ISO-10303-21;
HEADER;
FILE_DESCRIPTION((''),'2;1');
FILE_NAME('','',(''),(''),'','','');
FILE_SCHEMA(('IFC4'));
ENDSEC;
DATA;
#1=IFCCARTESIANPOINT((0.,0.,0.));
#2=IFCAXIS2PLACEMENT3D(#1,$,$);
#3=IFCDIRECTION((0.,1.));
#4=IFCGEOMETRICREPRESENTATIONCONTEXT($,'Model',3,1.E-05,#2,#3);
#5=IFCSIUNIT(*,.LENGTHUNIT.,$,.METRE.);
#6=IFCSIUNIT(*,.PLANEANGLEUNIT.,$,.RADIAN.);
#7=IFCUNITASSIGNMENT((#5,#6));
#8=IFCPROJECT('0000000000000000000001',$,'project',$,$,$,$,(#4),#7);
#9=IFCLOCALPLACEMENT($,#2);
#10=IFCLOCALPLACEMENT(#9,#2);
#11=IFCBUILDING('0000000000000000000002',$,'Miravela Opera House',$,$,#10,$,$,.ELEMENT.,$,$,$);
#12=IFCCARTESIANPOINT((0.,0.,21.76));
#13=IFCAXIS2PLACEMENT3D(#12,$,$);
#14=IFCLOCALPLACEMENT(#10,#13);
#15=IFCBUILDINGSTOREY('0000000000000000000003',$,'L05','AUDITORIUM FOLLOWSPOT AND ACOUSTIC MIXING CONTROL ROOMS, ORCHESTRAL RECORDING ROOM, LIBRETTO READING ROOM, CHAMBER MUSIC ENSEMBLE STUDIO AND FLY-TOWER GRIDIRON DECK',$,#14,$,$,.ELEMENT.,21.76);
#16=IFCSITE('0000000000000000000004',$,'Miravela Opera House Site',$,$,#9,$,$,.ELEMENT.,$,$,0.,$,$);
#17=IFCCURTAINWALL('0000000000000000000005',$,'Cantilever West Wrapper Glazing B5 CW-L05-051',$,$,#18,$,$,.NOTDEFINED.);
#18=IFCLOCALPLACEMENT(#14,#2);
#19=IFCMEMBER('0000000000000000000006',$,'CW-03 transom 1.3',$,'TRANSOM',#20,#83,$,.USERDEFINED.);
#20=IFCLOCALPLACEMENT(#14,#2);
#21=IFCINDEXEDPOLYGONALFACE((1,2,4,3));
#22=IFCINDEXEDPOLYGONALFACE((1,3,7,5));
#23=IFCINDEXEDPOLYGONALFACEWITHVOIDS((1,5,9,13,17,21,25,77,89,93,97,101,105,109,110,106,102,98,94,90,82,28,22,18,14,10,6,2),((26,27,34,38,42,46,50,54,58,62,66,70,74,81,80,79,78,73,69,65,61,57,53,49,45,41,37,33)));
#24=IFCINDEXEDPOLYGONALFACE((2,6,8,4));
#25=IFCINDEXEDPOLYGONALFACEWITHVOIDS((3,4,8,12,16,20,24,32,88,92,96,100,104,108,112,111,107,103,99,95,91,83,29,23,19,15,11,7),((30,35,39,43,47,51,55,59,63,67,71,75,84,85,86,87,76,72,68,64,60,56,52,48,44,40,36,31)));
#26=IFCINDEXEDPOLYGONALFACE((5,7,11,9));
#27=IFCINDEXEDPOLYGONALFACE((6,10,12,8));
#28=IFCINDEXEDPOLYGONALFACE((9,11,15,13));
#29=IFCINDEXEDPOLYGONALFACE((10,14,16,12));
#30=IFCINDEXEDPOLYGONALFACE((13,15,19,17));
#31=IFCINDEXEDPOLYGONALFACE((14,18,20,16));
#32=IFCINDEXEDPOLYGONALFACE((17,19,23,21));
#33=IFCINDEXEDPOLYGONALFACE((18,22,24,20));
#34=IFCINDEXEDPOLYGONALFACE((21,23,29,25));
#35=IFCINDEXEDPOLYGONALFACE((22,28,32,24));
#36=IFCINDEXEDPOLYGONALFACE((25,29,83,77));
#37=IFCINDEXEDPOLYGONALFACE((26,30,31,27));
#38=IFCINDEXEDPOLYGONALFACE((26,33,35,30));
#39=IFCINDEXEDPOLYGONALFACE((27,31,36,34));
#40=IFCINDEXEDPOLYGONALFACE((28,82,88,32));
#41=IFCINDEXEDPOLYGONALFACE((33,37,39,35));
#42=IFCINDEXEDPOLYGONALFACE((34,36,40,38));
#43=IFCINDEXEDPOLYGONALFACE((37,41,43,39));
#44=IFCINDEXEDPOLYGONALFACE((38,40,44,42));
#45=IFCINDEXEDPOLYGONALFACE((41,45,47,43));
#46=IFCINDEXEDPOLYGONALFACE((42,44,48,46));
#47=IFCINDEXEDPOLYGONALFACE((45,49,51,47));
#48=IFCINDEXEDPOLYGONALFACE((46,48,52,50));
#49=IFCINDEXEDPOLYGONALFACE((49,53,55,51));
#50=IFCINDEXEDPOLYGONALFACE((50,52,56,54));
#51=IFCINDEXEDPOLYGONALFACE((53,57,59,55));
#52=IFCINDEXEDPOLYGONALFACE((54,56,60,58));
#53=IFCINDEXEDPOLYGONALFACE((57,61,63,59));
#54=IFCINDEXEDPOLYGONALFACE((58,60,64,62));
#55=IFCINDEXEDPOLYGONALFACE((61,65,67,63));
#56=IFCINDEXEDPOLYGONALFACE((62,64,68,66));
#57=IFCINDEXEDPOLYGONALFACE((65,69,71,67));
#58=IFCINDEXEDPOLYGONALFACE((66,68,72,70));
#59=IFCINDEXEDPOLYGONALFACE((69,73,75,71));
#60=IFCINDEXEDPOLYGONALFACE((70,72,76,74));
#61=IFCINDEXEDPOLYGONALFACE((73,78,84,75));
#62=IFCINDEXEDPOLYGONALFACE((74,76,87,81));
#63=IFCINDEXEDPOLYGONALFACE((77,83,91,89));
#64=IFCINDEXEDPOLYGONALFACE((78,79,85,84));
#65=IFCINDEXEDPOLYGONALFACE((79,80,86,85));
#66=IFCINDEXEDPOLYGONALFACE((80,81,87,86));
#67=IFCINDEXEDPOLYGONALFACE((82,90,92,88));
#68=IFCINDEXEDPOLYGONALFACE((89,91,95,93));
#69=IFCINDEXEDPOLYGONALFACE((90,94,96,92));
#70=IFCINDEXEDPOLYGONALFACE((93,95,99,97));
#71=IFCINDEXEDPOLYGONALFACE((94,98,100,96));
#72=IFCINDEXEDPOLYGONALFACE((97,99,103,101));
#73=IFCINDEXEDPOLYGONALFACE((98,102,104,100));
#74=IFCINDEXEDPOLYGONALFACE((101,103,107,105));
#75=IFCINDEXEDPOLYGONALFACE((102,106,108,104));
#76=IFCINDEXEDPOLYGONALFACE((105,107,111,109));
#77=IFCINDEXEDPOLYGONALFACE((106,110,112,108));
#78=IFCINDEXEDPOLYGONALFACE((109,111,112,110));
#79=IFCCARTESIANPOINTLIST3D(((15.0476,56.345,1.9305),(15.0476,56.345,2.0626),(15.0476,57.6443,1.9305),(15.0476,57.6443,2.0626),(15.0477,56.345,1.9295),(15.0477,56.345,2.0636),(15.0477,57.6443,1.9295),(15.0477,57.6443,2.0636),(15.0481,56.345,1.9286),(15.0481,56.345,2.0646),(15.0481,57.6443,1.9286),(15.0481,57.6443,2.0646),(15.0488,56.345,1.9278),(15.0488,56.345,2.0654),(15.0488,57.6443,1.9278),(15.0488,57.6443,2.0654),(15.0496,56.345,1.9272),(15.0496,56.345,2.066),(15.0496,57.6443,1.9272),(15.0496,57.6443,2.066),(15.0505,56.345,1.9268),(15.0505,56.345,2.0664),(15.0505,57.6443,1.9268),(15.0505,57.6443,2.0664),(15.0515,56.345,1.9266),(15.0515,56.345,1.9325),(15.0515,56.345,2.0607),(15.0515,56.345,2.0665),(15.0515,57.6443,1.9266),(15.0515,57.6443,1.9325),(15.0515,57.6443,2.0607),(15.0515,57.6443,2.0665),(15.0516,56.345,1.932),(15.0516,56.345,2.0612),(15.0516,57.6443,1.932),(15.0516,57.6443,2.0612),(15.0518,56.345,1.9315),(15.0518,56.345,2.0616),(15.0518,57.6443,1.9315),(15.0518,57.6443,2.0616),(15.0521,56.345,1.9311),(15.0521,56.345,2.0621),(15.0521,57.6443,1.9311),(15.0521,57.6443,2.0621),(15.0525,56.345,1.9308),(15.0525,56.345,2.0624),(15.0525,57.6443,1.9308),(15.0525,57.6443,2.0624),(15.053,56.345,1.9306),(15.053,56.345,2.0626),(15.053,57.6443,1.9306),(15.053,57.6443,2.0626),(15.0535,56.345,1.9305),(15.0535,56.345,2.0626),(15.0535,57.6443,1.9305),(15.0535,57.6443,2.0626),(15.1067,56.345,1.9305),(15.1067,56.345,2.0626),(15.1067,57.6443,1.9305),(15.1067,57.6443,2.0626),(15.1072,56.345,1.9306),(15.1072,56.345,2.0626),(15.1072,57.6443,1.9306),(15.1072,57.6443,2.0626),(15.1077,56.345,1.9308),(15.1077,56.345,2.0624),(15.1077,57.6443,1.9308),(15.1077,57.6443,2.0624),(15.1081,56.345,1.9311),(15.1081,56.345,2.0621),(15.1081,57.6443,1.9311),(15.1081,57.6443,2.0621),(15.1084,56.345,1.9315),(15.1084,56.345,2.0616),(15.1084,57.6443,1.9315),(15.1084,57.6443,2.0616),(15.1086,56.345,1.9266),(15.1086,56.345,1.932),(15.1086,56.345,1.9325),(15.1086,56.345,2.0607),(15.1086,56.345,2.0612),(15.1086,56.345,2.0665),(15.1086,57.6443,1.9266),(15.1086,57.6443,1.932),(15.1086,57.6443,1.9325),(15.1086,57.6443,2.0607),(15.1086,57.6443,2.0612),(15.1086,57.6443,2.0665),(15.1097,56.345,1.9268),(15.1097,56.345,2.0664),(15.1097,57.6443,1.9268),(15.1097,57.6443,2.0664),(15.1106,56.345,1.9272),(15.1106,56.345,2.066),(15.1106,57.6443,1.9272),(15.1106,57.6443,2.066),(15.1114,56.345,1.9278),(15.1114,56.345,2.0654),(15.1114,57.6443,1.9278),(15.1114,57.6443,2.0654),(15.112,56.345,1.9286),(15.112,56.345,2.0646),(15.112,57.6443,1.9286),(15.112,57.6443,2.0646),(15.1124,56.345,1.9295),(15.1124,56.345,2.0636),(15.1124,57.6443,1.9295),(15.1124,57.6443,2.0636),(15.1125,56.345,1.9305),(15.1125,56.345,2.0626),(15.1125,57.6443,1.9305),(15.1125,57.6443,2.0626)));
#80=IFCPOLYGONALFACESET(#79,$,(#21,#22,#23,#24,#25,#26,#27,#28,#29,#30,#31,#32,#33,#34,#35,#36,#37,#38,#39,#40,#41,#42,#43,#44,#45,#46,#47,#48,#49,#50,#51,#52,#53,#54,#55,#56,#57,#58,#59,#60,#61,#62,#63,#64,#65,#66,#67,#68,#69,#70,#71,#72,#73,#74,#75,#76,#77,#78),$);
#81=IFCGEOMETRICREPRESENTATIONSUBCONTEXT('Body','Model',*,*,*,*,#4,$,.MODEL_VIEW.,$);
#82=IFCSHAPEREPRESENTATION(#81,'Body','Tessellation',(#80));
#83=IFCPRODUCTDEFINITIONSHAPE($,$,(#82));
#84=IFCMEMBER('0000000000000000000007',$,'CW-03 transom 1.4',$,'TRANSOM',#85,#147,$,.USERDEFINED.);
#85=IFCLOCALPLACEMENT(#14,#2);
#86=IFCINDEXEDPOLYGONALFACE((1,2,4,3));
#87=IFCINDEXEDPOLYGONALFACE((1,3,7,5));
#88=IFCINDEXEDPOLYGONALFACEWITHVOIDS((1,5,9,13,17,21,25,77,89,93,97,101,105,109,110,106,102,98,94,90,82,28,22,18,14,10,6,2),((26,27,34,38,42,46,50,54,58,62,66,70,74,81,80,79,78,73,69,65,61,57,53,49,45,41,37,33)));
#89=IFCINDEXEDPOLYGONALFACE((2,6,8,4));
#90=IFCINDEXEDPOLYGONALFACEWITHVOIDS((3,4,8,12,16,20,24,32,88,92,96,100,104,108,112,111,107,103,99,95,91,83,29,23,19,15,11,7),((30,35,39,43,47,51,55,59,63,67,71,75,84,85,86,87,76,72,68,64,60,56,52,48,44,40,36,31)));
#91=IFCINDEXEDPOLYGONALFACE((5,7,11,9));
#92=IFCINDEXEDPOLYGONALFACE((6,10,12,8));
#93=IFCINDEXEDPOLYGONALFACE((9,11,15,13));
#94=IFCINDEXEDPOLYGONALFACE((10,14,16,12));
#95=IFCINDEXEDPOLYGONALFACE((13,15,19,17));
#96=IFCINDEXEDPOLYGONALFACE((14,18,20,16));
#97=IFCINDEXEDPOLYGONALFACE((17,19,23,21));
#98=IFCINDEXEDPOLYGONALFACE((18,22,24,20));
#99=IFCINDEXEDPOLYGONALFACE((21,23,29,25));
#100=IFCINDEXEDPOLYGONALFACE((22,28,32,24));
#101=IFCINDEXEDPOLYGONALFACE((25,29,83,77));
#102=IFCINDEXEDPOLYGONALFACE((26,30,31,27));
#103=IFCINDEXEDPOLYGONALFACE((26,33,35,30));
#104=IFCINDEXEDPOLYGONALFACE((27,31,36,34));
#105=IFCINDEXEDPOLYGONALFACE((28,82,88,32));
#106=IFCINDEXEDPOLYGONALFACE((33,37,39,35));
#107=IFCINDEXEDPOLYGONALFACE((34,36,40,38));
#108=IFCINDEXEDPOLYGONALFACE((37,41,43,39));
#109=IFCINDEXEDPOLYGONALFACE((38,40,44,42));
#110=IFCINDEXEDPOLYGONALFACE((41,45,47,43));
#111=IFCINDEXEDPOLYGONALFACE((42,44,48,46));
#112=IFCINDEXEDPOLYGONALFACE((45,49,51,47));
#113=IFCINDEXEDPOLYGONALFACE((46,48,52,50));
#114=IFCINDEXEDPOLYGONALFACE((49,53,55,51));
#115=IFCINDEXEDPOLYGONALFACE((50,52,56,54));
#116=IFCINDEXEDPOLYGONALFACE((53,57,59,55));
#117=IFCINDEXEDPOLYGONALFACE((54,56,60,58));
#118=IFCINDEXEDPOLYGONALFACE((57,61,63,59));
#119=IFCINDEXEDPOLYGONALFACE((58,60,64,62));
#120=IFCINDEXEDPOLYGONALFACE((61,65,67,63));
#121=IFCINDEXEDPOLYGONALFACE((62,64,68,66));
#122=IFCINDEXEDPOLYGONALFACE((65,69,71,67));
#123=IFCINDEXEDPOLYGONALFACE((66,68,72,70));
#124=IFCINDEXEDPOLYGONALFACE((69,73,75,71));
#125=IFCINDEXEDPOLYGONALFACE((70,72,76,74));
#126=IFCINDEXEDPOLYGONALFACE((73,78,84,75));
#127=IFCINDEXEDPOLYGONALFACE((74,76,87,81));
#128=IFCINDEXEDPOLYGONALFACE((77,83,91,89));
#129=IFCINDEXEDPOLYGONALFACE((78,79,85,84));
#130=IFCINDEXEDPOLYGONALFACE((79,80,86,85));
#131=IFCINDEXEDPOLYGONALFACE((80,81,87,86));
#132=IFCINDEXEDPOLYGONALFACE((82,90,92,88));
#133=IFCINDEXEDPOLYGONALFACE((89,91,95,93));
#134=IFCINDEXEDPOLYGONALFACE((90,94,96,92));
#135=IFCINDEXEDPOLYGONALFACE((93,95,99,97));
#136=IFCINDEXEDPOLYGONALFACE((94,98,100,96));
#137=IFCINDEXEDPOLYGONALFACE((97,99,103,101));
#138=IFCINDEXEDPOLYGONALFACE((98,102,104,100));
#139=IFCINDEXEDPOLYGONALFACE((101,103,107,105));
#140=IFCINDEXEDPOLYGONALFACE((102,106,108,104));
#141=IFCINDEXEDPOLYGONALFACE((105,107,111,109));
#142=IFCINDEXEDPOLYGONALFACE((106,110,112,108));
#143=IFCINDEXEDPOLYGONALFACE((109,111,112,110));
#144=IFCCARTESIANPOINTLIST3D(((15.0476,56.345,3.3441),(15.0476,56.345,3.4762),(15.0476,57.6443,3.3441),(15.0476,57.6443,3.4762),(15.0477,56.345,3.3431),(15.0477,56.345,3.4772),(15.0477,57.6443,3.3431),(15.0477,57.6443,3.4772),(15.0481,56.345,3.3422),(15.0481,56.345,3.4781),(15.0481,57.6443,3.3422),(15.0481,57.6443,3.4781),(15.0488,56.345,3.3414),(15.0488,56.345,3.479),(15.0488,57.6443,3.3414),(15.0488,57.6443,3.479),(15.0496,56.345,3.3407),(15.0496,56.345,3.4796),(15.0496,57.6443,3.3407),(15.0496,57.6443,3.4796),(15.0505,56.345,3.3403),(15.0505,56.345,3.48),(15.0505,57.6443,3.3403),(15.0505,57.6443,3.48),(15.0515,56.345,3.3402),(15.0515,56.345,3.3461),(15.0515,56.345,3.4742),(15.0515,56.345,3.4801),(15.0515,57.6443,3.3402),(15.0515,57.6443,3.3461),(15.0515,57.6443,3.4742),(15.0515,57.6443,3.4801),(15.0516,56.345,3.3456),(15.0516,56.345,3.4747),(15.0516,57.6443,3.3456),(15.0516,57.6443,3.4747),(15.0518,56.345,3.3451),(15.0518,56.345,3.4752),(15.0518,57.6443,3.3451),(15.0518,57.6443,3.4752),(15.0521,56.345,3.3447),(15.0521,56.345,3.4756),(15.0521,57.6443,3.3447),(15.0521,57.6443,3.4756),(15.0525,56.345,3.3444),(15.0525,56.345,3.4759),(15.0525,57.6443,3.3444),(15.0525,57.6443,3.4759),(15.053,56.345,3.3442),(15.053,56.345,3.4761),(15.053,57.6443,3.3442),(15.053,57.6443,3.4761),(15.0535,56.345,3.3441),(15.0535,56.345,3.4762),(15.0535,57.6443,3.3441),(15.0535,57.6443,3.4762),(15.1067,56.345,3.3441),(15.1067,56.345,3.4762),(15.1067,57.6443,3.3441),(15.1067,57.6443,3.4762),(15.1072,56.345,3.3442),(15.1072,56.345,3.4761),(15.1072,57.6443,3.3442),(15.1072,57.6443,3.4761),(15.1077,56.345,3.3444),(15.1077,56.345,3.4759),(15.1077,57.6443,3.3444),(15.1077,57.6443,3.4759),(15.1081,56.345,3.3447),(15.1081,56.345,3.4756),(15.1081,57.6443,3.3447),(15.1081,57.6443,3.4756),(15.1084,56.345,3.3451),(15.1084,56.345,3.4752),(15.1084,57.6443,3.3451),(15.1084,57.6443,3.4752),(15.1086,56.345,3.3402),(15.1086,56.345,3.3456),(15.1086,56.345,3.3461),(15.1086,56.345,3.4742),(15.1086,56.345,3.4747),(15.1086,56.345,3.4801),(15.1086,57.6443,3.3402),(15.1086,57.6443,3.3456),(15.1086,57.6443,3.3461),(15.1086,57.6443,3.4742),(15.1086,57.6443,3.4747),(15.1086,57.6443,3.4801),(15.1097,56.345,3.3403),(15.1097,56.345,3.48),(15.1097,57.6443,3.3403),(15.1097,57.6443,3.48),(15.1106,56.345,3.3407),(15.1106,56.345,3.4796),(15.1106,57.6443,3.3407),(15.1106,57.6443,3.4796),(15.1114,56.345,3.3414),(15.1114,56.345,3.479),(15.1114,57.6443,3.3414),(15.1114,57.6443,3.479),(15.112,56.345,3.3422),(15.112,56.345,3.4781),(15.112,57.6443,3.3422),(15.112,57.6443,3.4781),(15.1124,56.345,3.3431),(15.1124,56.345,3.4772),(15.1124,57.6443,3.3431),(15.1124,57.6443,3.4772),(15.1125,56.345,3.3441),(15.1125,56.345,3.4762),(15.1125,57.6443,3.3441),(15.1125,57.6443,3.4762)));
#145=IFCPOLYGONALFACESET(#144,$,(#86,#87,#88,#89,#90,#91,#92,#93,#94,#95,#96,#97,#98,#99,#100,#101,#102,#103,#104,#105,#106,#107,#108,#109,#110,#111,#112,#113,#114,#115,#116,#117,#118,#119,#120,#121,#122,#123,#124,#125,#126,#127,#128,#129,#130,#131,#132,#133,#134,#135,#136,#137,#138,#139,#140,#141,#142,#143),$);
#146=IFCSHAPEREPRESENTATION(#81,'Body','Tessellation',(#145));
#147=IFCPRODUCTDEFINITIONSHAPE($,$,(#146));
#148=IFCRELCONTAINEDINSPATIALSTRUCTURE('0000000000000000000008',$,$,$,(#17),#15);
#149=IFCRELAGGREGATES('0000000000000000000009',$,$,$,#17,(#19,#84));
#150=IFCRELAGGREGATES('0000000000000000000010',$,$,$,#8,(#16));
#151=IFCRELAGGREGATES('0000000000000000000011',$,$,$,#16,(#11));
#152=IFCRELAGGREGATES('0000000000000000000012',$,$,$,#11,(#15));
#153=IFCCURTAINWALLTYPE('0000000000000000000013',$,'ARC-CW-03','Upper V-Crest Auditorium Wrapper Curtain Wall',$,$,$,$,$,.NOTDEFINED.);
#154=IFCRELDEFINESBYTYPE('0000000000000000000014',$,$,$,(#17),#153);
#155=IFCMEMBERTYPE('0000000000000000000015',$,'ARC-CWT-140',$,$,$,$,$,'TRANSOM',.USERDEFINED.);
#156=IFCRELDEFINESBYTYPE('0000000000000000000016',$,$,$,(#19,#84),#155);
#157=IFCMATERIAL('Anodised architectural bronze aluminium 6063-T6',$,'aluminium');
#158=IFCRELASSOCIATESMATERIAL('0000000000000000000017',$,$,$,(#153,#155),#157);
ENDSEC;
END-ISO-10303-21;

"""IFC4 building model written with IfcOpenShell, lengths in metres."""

from ifc_helpers import new_model, si_unit, direction, frame, origin, origin_2d, place, context, subcontext, project, spatial, hollow_rectangle, extrude, material, material_profile, profile_set, type_object, element, aggregate, save


model = new_model("IFC4")

# Units and contexts
model_context = context("Model", 3, precision=1e-05, world=origin(), true_north=direction((0.0, 1.0)))
body_context = subcontext(model_context, "Body", "Model", "MODEL_VIEW")
ifc_project = project(units=[si_unit("LENGTHUNIT", "METRE"), si_unit("PLANEANGLEUNIT", "RADIAN")], contexts=[model_context])

# Site, building, storey
site_placement = place(None, origin())
site = spatial("IfcSite", under=ifc_project, at=site_placement, Name="Miravela Opera House Site", CompositionType="ELEMENT", RefElevation=0.0)
building_placement = place(site_placement, origin())
building = spatial("IfcBuilding", under=site, at=building_placement, Name="Miravela Opera House", CompositionType="ELEMENT")
storey_placement = place(building_placement, frame((0.0, 0.0, 21.76)))
storey = spatial("IfcBuildingStorey", under=building, at=storey_placement, Name="L05", Description="AUDITORIUM FOLLOWSPOT AND ACOUSTIC MIXING CONTROL ROOMS, ORCHESTRAL RECORDING ROOM, LIBRETTO READING ROOM, CHAMBER MUSIC ENSEMBLE STUDIO AND FLY-TOWER GRIDIRON DECK", CompositionType="ELEMENT", Elevation=21.76)

# Curtain wall, members
ifc_material_1 = material(Name="Anodised architectural bronze aluminium 6063-T6", Category="aluminium")
curtain_wall_type = type_object("IfcCurtainWallType", Name="ARC-CW-03", Description="Upper V-Crest Auditorium Wrapper Curtain Wall", PredefinedType="NOTDEFINED", material=ifc_material_1)
curtain_wall_1_placement = place(storey_placement, origin())
curtain_wall_1 = element("IfcCurtainWall", 1, at=curtain_wall_1_placement, inside=storey, type_object=curtain_wall_type, Name="Cantilever West Wrapper Glazing B5 CW-L05-051", PredefinedType="NOTDEFINED")
ifc_material_profile_1 = material_profile(ifc_material_1, hollow_rectangle(XDim=0.0649, YDim=0.1399, WallThickness=0.0039, InnerFilletRadius=0.002, OuterFilletRadius=0.0039, at=origin_2d()), Name="CWT-65X140")
ifc_profile_set_1 = profile_set([ifc_material_profile_1])
member_type_1 = type_object("IfcMemberType", Name="ARC-CWT-140", ElementType="TRANSOM", PredefinedType="USERDEFINED", material=ifc_profile_set_1)
member_1_placement = place(storey_placement, frame((15.0801, 56.345, 1.9966), z_axis=(0.0, 1.0, 0.0), x_axis=(-1.0, 0.0, 0.0)))
member_1 = element("IfcMember", 2, at=member_1_placement, type_object=member_type_1, Name="CW-03 transom 1.3", ObjectType="TRANSOM", PredefinedType="USERDEFINED", context=body_context, shape_type="SweptSolid", body=[
    extrude(hollow_rectangle(XDim=0.0649, YDim=0.1399, WallThickness=0.0039, InnerFilletRadius=0.002, OuterFilletRadius=0.0039, at=origin_2d()), origin(), (0.0, 0.0, 1.0), 1.2993),
])
member_2_placement = place(storey_placement, frame((15.0801, 56.345, 3.4102), z_axis=(0.0, 1.0, 0.0), x_axis=(-1.0, 0.0, 0.0)))
member_2 = element("IfcMember", 3, at=member_2_placement, type_object=member_type_1, Name="CW-03 transom 1.4", ObjectType="TRANSOM", PredefinedType="USERDEFINED", context=body_context, shape_type="SweptSolid", body=[
    extrude(hollow_rectangle(XDim=0.0649, YDim=0.1399, WallThickness=0.0039, InnerFilletRadius=0.002, OuterFilletRadius=0.0039, at=origin_2d()), origin(), (0.0, 0.0, 1.0), 1.2993),
])

aggregate(curtain_wall_1, [member_1, member_2])

save(model, "model.ifc")
